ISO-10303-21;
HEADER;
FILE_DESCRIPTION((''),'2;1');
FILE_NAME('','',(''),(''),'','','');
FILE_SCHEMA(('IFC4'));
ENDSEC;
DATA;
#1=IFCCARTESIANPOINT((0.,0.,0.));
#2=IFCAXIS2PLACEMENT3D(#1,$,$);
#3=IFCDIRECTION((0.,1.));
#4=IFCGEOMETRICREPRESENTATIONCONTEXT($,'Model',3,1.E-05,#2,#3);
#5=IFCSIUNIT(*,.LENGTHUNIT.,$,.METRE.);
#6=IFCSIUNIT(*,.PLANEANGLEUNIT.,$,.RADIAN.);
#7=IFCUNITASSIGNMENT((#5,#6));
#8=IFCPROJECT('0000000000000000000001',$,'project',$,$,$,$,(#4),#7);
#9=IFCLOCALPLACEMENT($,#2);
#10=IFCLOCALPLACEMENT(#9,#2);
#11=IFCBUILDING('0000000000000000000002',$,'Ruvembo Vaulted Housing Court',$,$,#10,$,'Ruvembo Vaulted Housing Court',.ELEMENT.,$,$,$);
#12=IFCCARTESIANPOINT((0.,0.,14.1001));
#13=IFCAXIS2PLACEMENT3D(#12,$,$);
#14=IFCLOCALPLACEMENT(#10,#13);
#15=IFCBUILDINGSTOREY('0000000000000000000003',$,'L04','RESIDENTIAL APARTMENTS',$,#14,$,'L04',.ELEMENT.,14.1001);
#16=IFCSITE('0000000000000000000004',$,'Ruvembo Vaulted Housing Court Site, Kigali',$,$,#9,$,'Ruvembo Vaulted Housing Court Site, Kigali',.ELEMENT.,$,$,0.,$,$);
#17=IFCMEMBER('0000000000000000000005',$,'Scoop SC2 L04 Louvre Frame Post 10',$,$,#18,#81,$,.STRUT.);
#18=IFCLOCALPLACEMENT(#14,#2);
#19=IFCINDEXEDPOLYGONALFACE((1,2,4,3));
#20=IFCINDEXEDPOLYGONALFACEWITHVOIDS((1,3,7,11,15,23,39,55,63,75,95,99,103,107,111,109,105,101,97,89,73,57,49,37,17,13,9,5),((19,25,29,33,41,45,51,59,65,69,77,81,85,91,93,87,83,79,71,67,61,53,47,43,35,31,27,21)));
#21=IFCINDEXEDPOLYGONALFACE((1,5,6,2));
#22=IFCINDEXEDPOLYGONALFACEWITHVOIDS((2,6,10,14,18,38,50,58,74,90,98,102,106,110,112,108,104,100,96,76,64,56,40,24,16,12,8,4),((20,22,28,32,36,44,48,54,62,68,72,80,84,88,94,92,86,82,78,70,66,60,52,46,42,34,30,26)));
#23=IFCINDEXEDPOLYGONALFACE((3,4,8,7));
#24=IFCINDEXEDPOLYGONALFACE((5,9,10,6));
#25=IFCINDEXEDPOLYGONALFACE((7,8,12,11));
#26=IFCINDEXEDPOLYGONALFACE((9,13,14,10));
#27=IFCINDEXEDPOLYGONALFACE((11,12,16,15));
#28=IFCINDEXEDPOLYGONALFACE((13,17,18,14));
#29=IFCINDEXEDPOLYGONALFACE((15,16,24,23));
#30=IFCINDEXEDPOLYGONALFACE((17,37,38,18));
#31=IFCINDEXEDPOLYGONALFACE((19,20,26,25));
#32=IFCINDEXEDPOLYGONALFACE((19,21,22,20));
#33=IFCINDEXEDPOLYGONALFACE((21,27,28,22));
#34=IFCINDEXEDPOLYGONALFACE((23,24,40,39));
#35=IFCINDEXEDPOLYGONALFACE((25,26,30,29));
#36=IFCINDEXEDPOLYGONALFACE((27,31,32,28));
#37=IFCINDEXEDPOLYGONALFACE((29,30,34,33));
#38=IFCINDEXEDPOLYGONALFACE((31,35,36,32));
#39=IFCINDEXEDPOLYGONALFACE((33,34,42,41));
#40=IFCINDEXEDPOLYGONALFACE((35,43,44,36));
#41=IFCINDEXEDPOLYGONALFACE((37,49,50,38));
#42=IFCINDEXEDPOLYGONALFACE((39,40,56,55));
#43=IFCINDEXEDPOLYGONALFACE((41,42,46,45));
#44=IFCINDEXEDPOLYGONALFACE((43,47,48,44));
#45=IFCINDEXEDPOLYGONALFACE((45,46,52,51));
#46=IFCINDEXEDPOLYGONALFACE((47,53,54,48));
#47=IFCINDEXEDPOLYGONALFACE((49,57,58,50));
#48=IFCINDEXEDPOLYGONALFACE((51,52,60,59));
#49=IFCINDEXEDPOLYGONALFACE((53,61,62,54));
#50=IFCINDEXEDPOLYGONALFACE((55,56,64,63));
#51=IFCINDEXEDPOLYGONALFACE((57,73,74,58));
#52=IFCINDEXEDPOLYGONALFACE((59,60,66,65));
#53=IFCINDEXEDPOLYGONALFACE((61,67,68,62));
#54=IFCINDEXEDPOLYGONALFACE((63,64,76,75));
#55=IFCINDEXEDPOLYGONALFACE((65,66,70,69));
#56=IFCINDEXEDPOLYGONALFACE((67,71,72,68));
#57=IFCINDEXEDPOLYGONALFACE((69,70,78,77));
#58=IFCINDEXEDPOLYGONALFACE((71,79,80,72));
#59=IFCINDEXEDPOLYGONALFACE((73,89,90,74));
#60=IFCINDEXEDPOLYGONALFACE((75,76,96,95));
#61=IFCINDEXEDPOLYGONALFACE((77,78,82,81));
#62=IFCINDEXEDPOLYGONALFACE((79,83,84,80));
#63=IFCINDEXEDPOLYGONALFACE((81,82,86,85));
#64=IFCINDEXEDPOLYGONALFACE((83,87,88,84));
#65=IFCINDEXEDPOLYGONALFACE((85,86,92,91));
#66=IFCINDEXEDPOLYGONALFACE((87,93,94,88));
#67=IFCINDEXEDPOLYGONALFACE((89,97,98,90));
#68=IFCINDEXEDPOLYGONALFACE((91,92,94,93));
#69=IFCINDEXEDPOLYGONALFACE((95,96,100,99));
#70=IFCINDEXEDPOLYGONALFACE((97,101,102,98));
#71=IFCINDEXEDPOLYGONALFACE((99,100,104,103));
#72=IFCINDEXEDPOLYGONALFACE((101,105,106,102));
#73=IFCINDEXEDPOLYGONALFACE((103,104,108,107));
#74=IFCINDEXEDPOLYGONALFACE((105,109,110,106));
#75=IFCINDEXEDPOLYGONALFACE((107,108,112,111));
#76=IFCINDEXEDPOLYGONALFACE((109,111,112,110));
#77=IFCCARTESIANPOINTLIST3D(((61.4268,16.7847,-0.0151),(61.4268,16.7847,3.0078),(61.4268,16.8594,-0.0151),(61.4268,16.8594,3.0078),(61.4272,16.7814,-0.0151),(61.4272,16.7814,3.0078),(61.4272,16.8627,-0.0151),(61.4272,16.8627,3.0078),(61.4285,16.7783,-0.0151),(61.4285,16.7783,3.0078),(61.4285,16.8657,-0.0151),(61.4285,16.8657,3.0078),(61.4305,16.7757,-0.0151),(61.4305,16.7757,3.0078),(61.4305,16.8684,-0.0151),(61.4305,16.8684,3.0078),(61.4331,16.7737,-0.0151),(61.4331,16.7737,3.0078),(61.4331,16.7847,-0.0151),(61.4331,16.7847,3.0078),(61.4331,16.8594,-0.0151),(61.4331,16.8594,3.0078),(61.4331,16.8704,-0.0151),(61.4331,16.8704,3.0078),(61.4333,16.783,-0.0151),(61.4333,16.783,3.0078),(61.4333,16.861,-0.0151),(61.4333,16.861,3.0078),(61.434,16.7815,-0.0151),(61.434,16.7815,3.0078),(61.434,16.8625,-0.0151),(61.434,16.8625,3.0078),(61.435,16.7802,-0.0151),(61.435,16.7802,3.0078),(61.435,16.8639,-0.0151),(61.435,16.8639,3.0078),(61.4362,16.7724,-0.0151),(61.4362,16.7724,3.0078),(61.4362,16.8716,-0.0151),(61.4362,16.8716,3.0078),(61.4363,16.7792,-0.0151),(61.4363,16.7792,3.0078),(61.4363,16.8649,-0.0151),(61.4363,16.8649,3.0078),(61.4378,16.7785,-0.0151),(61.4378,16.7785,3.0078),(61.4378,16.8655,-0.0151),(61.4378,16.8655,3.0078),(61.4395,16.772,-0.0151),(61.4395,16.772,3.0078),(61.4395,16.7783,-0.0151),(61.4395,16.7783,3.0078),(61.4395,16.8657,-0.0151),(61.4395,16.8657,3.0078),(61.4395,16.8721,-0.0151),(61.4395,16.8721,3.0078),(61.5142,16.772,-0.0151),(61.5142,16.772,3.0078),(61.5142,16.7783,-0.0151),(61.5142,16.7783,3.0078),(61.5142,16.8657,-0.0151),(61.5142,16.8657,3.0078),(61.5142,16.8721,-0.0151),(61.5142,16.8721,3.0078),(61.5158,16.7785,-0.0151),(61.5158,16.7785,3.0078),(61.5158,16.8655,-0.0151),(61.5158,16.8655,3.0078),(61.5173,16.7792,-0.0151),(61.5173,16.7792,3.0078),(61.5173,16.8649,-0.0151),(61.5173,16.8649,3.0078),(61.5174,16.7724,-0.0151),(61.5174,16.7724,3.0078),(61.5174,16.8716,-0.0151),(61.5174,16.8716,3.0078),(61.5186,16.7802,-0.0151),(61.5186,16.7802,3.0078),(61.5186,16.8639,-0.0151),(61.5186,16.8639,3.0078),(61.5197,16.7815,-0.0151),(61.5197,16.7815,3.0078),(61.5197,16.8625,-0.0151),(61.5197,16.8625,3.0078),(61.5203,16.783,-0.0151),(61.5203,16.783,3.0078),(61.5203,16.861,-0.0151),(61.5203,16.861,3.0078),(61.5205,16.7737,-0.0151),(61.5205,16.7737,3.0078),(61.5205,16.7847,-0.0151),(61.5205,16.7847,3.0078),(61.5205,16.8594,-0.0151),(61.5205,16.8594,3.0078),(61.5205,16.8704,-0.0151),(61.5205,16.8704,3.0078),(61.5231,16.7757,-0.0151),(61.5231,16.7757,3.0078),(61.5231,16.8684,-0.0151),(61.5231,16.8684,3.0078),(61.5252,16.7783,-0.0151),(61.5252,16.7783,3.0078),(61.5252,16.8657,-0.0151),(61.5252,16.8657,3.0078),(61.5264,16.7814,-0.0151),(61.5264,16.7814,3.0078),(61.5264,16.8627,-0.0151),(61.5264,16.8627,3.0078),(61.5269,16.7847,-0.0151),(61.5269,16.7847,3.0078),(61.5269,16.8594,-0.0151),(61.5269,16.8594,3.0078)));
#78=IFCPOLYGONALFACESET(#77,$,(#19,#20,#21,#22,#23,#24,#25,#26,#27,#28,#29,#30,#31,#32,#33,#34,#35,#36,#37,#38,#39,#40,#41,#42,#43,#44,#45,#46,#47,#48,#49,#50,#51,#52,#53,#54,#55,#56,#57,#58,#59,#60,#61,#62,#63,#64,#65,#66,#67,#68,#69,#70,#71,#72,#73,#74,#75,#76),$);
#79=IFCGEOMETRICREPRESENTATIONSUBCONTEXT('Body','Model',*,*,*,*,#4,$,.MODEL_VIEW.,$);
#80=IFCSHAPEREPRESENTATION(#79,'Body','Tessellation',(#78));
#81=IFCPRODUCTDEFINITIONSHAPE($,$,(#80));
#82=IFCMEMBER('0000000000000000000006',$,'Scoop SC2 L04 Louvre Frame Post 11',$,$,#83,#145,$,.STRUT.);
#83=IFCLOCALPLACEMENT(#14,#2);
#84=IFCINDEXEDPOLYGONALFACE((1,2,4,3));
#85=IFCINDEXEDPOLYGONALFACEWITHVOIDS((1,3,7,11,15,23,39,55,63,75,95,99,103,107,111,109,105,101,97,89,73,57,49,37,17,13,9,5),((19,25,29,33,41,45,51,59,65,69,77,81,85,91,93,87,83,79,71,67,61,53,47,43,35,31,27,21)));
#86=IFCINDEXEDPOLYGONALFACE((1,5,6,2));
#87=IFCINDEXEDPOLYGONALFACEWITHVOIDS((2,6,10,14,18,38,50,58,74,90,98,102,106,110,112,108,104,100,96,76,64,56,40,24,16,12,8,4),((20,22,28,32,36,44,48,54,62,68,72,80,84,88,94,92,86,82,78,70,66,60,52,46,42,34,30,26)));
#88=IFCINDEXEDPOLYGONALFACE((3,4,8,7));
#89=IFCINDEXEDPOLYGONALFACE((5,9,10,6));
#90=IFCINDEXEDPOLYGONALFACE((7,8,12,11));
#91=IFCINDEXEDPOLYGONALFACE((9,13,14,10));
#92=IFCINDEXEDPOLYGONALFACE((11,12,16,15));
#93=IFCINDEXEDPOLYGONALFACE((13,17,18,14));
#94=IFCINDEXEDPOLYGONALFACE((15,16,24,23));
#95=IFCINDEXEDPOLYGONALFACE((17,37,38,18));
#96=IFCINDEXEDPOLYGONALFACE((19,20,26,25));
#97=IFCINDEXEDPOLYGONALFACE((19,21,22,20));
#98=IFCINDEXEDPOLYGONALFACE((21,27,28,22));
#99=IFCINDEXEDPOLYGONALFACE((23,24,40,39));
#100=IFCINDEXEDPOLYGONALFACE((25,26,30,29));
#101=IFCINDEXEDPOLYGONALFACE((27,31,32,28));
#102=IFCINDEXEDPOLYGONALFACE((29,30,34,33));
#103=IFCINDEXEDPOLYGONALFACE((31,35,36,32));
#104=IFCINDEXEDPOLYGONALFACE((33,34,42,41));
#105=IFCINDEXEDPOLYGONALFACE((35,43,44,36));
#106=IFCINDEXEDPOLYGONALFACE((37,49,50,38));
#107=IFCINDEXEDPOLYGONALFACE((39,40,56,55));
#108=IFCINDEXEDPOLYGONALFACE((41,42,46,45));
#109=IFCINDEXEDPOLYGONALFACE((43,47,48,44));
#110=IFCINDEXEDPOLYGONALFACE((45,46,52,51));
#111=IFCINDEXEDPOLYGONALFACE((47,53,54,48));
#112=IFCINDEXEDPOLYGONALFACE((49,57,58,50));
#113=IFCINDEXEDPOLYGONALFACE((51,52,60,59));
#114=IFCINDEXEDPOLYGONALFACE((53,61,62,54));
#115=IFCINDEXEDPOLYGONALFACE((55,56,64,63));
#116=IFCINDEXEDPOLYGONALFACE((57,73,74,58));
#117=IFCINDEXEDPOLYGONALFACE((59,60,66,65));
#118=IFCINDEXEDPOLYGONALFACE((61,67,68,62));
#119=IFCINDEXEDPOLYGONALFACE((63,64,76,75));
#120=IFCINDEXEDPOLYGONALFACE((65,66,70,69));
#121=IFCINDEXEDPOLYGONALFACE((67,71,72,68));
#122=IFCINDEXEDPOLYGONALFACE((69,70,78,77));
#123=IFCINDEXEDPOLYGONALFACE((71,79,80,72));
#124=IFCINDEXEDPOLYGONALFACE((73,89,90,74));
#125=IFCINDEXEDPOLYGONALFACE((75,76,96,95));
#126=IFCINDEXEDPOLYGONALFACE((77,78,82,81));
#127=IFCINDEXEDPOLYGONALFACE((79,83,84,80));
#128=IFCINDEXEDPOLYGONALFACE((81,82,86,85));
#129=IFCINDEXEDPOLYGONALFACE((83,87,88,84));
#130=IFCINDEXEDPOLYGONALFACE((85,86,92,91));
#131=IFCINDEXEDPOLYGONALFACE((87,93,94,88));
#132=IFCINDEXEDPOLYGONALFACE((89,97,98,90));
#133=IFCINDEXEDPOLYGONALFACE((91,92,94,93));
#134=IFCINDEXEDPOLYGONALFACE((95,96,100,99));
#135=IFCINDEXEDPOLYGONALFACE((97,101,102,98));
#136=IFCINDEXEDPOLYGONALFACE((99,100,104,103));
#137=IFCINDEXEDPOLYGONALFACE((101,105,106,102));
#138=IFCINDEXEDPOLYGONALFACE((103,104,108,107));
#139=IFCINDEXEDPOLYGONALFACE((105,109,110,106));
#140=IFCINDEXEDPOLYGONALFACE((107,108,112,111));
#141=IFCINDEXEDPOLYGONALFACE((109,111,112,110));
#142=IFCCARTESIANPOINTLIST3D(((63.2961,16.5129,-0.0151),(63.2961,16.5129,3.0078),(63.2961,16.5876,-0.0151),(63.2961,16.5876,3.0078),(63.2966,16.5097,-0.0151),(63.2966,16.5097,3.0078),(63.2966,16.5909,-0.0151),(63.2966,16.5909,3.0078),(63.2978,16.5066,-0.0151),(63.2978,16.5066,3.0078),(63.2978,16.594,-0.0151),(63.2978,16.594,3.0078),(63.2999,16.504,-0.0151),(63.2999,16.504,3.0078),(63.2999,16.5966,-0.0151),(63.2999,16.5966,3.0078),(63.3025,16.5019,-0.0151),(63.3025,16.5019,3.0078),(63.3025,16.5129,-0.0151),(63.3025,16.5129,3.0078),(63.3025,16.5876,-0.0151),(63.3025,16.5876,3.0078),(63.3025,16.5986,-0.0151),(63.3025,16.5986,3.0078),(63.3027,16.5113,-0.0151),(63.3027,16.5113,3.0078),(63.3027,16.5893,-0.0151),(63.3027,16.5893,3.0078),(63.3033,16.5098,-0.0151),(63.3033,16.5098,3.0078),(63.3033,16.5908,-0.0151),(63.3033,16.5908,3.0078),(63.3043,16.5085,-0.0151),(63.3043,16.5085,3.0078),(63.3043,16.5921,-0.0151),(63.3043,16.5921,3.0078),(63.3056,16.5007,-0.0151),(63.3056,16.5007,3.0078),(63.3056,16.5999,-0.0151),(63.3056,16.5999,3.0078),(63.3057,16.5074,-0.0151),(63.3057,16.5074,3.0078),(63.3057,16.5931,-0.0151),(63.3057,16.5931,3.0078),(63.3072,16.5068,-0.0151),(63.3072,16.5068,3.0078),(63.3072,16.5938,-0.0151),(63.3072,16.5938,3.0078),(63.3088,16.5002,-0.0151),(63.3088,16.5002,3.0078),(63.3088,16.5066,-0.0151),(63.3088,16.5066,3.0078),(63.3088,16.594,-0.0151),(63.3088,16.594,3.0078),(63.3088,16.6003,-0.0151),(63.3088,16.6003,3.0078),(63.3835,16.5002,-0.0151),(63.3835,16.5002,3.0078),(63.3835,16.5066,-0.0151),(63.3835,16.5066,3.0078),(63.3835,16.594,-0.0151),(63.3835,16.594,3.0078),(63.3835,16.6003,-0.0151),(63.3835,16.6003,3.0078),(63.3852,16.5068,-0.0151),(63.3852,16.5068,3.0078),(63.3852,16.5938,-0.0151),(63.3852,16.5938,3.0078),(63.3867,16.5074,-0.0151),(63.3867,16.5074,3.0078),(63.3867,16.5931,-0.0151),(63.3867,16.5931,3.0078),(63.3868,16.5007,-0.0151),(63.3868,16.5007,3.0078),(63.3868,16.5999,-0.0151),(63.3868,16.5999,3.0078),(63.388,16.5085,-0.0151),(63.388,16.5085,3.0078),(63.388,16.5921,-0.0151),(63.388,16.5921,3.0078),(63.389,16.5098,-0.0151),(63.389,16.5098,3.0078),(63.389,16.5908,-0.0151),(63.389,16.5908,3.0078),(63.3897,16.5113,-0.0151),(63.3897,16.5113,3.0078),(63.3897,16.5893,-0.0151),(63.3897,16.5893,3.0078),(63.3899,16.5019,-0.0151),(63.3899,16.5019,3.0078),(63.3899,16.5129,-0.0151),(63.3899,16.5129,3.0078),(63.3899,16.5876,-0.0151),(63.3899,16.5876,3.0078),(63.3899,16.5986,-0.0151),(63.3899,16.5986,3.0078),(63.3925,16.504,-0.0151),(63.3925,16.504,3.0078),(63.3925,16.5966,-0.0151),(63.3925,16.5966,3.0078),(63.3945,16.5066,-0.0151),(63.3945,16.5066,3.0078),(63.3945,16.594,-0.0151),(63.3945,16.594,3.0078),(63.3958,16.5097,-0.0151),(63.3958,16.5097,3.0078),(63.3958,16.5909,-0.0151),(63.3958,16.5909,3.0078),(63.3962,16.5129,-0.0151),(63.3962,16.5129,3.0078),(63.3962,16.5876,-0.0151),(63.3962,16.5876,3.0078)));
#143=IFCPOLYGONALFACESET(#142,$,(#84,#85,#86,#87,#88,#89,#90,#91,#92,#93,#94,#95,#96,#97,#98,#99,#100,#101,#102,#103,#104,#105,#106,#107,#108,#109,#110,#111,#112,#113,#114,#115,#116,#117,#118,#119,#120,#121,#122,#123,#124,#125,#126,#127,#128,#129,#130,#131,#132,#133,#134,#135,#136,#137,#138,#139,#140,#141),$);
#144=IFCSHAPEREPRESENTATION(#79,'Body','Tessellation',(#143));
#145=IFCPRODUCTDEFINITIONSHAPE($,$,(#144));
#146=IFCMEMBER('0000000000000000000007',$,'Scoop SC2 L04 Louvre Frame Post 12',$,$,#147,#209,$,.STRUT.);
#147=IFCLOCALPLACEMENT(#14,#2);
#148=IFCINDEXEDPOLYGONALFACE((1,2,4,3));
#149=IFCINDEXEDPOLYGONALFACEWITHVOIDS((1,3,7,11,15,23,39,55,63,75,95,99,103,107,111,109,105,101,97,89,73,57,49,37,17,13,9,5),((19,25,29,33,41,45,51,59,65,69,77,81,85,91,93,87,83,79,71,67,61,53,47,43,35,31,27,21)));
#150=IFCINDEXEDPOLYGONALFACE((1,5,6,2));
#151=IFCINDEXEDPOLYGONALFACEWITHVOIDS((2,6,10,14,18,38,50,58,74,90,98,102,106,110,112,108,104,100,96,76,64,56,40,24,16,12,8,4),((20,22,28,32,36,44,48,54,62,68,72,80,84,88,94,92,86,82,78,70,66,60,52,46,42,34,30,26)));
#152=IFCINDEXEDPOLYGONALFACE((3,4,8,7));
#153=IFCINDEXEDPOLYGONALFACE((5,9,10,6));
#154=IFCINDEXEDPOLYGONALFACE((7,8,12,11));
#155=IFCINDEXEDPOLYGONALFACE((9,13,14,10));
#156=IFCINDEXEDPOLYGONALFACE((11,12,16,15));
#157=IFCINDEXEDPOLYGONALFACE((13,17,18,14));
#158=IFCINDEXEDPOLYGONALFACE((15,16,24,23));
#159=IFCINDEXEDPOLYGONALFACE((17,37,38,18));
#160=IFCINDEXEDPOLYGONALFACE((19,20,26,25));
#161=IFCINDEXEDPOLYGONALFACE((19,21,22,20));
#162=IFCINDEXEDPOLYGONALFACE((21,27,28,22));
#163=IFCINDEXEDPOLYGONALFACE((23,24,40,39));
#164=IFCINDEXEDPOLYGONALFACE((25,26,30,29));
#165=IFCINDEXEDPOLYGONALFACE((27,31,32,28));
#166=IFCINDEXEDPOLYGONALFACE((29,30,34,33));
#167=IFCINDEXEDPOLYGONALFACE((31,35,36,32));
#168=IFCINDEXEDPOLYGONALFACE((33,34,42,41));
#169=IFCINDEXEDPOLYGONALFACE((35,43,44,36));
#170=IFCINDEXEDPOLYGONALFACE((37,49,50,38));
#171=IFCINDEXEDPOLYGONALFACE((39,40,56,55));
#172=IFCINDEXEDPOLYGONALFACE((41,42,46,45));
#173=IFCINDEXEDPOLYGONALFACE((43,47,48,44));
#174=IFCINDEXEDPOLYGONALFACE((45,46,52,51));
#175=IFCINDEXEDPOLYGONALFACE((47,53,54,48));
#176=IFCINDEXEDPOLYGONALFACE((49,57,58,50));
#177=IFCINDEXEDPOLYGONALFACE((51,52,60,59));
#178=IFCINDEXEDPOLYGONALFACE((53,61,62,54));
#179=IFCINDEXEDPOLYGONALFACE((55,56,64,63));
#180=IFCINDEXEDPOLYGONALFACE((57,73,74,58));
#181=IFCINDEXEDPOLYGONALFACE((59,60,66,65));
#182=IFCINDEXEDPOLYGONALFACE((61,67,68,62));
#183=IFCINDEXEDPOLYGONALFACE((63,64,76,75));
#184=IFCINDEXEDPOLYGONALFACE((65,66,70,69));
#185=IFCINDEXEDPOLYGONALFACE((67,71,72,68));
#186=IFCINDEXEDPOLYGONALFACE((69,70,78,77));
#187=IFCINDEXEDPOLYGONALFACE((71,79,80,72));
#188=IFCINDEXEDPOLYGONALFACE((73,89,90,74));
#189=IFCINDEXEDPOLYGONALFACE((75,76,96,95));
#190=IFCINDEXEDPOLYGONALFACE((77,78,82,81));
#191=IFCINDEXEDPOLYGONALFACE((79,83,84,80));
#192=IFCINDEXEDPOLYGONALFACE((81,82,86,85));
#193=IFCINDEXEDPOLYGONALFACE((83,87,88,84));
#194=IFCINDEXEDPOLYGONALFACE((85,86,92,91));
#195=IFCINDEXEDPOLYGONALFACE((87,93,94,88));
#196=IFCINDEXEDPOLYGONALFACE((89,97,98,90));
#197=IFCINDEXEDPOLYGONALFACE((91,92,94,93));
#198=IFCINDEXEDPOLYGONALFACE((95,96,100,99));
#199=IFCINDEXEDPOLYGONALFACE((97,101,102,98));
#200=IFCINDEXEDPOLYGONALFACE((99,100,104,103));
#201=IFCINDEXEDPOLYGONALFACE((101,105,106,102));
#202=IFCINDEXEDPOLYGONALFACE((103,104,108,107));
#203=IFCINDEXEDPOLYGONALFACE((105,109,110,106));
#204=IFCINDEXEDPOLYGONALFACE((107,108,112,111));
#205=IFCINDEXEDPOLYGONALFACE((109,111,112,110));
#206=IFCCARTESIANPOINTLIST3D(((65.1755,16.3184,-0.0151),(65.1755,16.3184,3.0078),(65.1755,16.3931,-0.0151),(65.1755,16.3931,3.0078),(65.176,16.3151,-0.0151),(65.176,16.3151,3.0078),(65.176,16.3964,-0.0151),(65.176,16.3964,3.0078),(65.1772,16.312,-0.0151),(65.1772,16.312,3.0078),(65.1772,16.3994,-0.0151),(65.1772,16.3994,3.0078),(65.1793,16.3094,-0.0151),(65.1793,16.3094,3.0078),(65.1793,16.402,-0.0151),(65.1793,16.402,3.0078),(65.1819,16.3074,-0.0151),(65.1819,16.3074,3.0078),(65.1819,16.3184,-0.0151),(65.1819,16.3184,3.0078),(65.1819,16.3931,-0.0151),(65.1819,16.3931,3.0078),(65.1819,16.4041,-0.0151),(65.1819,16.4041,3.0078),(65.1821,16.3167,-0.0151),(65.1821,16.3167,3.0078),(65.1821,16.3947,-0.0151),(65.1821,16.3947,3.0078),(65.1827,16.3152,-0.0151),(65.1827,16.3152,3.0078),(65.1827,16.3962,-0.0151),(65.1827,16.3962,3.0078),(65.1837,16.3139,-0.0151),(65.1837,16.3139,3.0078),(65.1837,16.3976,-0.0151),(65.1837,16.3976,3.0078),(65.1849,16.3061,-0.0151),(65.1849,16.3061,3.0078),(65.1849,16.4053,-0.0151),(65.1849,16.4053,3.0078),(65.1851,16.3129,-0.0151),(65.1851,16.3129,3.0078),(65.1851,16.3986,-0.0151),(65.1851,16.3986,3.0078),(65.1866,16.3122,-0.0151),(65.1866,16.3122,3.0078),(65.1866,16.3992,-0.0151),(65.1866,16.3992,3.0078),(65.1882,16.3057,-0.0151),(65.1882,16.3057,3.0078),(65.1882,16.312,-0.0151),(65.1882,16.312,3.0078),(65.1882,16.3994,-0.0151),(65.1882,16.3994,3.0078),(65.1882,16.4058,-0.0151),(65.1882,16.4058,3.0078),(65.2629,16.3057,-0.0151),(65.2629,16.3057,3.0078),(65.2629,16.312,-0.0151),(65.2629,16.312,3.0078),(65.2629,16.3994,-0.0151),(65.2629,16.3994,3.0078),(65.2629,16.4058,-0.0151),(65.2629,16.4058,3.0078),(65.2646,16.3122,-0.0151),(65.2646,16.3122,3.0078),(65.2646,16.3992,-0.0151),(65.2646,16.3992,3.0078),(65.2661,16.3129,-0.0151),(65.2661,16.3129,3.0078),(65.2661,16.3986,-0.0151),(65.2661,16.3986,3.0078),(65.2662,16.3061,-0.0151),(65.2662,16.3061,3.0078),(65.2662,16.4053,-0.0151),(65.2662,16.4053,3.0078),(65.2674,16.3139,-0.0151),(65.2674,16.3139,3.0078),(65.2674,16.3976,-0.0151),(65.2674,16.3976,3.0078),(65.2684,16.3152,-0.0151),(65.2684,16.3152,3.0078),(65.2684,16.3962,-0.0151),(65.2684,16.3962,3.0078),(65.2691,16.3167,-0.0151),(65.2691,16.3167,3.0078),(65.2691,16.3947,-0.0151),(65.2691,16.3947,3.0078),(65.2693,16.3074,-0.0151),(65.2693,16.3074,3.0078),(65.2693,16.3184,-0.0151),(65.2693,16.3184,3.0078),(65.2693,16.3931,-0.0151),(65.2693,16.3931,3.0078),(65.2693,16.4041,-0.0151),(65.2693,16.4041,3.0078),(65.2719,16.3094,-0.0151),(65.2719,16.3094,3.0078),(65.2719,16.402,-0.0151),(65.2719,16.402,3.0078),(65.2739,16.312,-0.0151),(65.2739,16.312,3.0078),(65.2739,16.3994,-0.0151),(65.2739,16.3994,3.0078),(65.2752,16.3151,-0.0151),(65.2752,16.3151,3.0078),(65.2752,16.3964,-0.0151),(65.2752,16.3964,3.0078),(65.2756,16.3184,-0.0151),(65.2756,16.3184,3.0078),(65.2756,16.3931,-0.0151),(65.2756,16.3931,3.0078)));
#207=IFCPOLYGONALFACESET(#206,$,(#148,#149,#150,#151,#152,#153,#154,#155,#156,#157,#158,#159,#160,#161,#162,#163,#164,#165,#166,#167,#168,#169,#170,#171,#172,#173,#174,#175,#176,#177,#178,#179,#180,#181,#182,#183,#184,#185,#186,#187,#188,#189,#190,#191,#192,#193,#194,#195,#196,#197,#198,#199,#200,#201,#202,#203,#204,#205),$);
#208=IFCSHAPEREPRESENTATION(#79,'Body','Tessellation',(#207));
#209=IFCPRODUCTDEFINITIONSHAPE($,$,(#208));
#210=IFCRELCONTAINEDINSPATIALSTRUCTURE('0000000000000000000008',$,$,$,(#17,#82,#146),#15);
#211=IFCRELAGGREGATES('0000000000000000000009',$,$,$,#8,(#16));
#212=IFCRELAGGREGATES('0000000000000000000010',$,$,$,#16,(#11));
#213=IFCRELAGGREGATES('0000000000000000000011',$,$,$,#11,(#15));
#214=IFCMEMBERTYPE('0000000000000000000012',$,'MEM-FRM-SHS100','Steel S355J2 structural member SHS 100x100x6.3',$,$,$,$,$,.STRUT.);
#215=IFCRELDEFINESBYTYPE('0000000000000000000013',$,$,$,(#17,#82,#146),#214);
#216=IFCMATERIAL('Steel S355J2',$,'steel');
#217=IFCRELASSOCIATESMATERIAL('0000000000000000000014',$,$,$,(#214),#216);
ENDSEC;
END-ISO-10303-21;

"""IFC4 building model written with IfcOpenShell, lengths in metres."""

from ifc_helpers import new_model, si_unit, direction, frame, origin, origin_2d, place, context, subcontext, project, spatial, hollow_rectangle, extrude, material, material_profile, profile_set, type_object, element, save


model = new_model("IFC4")

# Units and contexts
model_context = context("Model", 3, precision=1e-05, world=origin(), true_north=direction((0.0, 1.0)))
body_context = subcontext(model_context, "Body", "Model", "MODEL_VIEW")
ifc_project = project(units=[si_unit("LENGTHUNIT", "METRE"), si_unit("PLANEANGLEUNIT", "RADIAN")], contexts=[model_context])

# Site, building, storey
site_placement = place(None, origin())
site = spatial("IfcSite", under=ifc_project, at=site_placement, Name="Ruvembo Vaulted Housing Court Site, Kigali", LongName="Ruvembo Vaulted Housing Court Site, Kigali", CompositionType="ELEMENT", RefElevation=0.0)
building_placement = place(site_placement, origin())
building = spatial("IfcBuilding", under=site, at=building_placement, Name="Ruvembo Vaulted Housing Court", LongName="Ruvembo Vaulted Housing Court", CompositionType="ELEMENT")
storey_placement = place(building_placement, frame((0.0, 0.0, 14.1001)))
storey = spatial("IfcBuildingStorey", under=building, at=storey_placement, Name="L04", Description="RESIDENTIAL APARTMENTS", LongName="L04", CompositionType="ELEMENT", Elevation=14.1001)

# Shared definitions
ifc_material_1 = material(Name="Steel S355J2", Category="steel")

# Members
ifc_material_profile_1 = material_profile(ifc_material_1, hollow_rectangle(XDim=0.1001, YDim=0.1001, WallThickness=0.0063, InnerFilletRadius=0.0063, OuterFilletRadius=0.0127, at=origin_2d()), Name="SHS 100x100x6.3")
ifc_profile_set_1 = profile_set([ifc_material_profile_1], Name="Steel S355J2")
member_type_1 = type_object("IfcMemberType", Name="MEM-FRM-SHS100", Description="Steel S355J2 structural member SHS 100x100x6.3", PredefinedType="STRUT", material=ifc_profile_set_1)
for number, where, z_axis, x_axis, name in (
    (1, (61.4768, 16.822, -0.0151), (0.0, 0.0, 1.0), (1.0, 0.0, 0.0), "Scoop SC2 L04 Louvre Frame Post 10"),
    (2, (63.3462, 16.5503, -0.0151), (0.0, 0.0, 1.0), (1.0, 0.0, 0.0), "Scoop SC2 L04 Louvre Frame Post 11"),
    (3, (65.2256, 16.3557, -0.0151), (0.0, 0.0, 1.0), (1.0, 0.0, 0.0), "Scoop SC2 L04 Louvre Frame Post 12"),
):
    element("IfcMember", number, at=place(storey_placement, frame(where, z_axis=z_axis, x_axis=x_axis)), inside=storey, type_object=member_type_1, Name=name, PredefinedType="STRUT", context=body_context, shape_type="SweptSolid", body=[
        extrude(hollow_rectangle(XDim=0.1001, YDim=0.1001, WallThickness=0.0063, InnerFilletRadius=0.0063, OuterFilletRadius=0.0127, at=origin_2d()), origin(), (0.0, 0.0, 1.0), 3.0229),
    ])

save(model, "model.ifc")
